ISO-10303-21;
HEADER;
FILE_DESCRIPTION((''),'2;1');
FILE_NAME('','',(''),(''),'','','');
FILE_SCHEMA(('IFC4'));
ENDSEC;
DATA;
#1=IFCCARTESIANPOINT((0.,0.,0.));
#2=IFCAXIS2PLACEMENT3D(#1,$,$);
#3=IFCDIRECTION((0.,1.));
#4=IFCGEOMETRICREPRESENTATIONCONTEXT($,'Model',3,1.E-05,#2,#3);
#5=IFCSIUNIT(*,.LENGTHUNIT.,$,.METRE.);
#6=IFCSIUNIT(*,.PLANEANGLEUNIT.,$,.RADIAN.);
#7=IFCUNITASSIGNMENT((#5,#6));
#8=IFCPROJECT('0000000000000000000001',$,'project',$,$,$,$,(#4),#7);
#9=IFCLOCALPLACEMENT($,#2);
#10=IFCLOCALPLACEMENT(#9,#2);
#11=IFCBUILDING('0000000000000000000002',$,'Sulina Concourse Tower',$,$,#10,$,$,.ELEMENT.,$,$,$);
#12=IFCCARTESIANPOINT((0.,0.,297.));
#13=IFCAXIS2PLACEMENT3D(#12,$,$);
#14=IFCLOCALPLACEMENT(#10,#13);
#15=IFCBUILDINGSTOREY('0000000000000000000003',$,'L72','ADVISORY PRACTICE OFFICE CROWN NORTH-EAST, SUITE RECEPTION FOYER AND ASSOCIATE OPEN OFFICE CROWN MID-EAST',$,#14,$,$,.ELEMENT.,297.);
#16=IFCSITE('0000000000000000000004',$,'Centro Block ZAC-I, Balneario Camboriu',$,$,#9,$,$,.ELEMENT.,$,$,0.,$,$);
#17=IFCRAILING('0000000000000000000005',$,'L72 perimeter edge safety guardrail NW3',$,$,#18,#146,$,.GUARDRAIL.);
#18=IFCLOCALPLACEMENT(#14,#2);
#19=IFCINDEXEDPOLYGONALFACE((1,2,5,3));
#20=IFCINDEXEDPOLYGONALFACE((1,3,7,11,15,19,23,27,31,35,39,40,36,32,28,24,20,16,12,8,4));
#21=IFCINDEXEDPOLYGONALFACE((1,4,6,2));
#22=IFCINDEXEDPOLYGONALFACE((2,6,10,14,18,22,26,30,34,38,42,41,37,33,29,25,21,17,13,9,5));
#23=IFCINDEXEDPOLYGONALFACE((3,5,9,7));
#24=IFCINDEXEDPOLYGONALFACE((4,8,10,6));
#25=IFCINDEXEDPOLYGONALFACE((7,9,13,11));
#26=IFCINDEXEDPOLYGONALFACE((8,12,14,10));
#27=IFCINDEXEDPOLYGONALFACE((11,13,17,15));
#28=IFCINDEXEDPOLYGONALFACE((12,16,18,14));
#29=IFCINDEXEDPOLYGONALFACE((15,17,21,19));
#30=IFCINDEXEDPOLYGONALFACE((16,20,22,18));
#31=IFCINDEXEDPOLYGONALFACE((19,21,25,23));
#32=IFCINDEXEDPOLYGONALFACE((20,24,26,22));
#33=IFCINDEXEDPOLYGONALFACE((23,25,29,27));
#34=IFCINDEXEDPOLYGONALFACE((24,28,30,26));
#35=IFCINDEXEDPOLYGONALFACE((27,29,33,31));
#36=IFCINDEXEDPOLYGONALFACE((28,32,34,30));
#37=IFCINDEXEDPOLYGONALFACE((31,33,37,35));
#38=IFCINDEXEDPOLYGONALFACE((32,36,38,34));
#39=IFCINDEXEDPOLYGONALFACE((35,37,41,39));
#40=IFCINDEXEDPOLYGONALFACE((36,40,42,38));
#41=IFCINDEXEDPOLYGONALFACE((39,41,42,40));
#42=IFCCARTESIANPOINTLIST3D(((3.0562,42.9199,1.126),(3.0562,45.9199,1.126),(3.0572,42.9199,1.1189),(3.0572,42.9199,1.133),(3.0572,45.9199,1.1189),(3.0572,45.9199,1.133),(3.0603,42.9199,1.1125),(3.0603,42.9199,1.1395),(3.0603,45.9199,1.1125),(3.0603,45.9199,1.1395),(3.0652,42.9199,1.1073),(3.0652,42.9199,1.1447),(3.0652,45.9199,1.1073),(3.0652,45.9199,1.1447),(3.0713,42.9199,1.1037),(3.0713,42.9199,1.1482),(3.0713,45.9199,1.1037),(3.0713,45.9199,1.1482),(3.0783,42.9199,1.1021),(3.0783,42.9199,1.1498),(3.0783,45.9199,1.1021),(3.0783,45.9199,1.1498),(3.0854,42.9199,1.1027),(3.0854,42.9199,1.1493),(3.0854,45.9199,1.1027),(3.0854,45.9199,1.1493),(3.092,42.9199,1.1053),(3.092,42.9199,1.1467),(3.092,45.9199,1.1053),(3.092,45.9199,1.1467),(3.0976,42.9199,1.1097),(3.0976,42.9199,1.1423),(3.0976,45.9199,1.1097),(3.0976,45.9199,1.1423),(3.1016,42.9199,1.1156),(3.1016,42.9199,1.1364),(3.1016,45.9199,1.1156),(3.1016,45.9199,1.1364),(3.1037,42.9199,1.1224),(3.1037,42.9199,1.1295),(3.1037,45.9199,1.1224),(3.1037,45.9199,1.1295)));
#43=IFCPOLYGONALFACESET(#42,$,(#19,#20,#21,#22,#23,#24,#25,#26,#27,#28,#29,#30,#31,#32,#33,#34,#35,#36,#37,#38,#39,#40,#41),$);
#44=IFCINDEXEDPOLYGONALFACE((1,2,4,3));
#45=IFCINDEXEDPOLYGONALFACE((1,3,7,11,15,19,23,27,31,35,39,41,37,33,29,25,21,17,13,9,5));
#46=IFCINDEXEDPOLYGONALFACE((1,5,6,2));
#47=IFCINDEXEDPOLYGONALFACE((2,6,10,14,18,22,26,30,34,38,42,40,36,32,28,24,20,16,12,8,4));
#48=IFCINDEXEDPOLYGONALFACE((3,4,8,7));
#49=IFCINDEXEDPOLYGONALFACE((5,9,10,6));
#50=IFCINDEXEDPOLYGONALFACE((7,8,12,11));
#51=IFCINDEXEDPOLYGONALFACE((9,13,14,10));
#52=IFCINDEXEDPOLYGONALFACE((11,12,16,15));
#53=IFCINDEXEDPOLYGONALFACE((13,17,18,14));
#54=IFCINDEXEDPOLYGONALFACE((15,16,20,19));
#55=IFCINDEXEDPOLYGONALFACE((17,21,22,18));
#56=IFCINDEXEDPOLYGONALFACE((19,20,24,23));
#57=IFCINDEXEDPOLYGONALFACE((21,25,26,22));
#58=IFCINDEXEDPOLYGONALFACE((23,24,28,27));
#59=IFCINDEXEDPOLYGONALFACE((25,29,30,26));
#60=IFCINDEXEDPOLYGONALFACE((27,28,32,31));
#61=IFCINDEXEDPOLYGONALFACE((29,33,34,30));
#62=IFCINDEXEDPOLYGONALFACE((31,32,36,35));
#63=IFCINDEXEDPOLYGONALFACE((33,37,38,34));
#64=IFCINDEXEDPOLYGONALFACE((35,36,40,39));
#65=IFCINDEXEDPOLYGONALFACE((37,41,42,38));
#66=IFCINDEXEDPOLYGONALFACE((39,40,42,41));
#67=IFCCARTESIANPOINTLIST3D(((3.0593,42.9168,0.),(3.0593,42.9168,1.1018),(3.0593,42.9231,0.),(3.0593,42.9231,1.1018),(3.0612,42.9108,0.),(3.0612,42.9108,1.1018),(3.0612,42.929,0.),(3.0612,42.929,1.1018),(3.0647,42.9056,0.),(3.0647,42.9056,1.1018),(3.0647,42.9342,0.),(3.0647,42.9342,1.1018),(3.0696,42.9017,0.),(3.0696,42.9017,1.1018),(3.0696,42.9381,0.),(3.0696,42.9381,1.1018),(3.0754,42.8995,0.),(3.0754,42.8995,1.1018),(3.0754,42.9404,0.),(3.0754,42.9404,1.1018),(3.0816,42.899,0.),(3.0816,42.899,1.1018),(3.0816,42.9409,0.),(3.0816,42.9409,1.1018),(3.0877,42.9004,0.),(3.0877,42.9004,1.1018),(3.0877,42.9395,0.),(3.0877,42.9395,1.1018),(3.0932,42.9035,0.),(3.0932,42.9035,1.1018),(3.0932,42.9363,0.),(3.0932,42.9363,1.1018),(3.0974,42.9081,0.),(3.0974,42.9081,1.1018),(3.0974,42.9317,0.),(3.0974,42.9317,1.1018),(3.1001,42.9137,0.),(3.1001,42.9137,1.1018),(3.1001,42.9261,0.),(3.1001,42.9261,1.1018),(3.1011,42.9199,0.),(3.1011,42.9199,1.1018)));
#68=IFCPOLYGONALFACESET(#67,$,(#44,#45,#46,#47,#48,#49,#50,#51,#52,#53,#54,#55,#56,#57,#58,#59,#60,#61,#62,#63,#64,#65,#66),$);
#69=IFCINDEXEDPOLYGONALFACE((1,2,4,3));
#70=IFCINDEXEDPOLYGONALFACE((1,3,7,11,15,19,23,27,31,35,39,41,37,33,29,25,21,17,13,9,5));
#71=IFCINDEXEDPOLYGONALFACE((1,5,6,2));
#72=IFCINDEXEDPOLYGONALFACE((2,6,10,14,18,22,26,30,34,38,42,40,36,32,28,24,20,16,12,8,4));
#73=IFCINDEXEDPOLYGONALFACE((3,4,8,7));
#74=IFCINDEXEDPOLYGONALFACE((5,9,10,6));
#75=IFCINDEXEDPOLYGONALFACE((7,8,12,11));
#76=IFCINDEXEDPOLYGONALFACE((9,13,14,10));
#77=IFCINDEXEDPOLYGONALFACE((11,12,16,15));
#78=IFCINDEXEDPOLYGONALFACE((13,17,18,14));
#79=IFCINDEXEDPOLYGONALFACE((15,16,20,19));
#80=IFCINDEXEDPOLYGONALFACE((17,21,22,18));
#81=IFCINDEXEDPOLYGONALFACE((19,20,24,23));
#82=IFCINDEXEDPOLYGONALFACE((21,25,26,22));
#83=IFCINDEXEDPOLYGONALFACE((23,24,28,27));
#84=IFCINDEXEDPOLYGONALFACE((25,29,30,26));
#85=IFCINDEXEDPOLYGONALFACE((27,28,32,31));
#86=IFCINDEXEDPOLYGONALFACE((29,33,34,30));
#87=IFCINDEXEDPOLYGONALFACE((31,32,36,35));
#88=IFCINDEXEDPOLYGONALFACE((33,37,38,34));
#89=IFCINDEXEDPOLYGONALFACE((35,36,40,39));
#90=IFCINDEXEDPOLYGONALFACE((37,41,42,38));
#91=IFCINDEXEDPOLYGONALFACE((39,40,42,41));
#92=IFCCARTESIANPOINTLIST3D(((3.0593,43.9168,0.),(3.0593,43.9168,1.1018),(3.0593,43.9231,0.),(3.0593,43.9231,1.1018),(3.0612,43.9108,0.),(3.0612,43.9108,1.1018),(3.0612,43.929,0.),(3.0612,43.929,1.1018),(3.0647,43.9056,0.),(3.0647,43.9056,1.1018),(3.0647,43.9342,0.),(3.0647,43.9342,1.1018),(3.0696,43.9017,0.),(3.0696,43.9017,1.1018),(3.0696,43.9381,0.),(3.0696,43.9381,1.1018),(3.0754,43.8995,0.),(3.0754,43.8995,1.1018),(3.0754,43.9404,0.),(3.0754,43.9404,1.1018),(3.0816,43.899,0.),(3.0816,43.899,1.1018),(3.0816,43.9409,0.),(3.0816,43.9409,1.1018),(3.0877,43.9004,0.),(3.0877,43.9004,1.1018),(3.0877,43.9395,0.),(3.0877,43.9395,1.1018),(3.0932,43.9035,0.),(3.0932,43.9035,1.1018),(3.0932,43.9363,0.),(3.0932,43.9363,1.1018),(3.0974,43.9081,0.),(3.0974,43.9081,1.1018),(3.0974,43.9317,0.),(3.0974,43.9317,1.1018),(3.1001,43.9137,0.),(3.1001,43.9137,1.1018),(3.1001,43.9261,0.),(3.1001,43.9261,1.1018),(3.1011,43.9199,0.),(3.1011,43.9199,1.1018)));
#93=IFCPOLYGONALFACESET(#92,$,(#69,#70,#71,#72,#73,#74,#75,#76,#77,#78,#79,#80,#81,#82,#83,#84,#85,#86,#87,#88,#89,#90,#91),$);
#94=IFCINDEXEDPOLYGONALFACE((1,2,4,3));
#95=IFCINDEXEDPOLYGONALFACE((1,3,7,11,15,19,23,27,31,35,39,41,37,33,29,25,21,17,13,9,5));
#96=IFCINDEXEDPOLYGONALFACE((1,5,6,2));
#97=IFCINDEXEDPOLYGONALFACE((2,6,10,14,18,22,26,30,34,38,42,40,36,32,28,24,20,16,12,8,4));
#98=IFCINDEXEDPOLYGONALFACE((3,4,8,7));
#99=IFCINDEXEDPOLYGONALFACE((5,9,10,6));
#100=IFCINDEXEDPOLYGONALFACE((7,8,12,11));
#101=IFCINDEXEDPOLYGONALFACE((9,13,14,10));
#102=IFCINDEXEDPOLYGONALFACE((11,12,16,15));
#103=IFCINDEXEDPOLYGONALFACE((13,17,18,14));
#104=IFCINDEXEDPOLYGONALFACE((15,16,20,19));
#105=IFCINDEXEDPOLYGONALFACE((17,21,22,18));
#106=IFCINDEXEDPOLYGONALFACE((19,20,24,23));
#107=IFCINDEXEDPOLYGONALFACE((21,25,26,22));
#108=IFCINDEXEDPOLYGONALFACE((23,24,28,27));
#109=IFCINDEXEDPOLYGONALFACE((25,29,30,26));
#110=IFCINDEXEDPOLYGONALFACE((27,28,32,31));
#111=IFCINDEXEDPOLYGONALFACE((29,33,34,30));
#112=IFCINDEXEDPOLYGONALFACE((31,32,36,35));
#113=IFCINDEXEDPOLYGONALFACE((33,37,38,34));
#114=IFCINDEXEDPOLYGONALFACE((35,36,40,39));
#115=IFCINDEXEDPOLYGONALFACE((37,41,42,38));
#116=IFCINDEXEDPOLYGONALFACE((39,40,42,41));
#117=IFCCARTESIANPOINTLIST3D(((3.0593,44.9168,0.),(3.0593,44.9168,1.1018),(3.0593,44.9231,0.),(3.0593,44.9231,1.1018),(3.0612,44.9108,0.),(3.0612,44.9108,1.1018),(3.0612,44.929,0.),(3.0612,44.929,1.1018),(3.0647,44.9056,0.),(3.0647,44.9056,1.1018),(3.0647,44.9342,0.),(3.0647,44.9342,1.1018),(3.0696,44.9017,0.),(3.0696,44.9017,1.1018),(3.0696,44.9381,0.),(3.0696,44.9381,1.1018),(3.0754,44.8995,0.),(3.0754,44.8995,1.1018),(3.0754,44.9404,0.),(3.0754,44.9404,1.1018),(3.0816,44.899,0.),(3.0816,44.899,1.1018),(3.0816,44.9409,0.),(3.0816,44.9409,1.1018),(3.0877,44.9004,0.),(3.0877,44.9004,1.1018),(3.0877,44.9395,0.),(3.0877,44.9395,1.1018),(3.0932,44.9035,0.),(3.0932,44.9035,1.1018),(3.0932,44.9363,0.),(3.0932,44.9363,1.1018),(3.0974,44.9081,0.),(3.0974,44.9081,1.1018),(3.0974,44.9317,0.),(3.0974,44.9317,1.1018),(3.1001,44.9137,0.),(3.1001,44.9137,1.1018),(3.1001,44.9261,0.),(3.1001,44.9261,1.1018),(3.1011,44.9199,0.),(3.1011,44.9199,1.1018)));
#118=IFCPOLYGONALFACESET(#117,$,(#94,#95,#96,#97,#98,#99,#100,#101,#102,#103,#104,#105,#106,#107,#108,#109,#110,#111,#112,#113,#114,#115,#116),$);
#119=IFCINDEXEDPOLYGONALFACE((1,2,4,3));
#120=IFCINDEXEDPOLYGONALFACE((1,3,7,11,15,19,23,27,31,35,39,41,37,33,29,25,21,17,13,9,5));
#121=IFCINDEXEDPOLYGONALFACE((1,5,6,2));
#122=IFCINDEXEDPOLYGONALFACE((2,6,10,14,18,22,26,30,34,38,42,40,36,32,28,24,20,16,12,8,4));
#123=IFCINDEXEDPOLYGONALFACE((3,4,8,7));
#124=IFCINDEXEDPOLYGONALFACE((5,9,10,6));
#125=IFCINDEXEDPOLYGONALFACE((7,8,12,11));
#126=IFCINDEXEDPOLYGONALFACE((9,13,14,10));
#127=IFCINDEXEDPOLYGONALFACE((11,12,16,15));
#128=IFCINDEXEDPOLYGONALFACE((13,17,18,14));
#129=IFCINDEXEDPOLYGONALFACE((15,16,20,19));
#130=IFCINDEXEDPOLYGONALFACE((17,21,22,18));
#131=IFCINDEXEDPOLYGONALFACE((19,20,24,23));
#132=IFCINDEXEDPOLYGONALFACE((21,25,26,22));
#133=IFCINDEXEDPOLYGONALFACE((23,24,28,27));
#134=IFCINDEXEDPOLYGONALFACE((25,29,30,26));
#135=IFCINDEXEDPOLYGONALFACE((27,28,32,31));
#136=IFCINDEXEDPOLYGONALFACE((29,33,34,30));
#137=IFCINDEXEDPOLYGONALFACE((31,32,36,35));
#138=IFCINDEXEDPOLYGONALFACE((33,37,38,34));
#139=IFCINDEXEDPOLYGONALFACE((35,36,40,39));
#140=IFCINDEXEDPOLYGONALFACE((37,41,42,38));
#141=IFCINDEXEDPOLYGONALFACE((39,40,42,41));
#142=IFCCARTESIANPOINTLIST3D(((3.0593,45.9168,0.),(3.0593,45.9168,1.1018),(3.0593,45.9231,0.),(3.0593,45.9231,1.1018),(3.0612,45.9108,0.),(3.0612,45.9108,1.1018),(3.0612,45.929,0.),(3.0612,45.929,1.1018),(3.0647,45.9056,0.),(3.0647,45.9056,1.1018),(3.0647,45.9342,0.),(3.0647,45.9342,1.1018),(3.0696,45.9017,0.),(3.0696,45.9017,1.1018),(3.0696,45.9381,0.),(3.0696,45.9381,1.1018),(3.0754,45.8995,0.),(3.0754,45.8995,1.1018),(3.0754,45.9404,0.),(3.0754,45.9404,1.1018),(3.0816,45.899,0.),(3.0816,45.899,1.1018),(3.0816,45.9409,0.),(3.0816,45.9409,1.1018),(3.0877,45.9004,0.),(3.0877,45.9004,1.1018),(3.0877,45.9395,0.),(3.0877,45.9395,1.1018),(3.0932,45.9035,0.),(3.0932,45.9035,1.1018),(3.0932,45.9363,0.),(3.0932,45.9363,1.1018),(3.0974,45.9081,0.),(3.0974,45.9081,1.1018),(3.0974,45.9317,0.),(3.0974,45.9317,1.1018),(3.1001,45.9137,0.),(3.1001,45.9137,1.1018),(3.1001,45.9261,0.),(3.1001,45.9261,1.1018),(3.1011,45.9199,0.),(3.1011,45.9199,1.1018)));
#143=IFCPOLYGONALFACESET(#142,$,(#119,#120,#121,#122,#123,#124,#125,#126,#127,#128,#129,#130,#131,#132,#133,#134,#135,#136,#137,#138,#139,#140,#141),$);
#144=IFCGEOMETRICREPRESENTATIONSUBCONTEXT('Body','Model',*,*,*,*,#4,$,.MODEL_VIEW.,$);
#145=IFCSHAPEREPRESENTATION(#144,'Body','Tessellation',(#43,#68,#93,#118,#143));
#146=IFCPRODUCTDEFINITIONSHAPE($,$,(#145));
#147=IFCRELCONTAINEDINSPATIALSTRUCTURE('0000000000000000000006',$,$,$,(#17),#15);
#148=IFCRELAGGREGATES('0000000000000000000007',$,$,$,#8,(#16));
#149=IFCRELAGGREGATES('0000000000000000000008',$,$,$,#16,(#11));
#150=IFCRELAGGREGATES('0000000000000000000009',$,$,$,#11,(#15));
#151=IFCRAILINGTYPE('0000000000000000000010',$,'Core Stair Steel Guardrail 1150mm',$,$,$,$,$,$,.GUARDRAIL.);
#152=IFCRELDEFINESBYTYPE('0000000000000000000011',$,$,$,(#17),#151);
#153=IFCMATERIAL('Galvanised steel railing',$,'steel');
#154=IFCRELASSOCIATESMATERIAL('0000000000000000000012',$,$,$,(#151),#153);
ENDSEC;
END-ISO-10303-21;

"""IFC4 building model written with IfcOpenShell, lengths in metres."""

from ifc_helpers import new_model, si_unit, direction, frame, origin, origin_2d, place, context, subcontext, project, spatial, circle, extrude, material, type_object, element, save


model = new_model("IFC4")

# Units and contexts
model_context = context("Model", 3, precision=1e-05, world=origin(), true_north=direction((0.0, 1.0)))
body_context = subcontext(model_context, "Body", "Model", "MODEL_VIEW")
ifc_project = project(units=[si_unit("LENGTHUNIT", "METRE"), si_unit("PLANEANGLEUNIT", "RADIAN")], contexts=[model_context])

# Site, building, storey
site_placement = place(None, origin())
site = spatial("IfcSite", under=ifc_project, at=site_placement, Name="Centro Block ZAC-I, Balneario Camboriu", CompositionType="ELEMENT", RefElevation=0.0)
building_placement = place(site_placement, origin())
building = spatial("IfcBuilding", under=site, at=building_placement, Name="Sulina Concourse Tower", CompositionType="ELEMENT")
storey_placement = place(building_placement, frame((0.0, 0.0, 297.0)))
storey = spatial("IfcBuildingStorey", under=building, at=storey_placement, Name="L72", Description="ADVISORY PRACTICE OFFICE CROWN NORTH-EAST, SUITE RECEPTION FOYER AND ASSOCIATE OPEN OFFICE CROWN MID-EAST", CompositionType="ELEMENT", Elevation=297.0)

# Railing
ifc_material_1 = material(Name="Galvanised steel railing", Category="steel")
railing_type_1 = type_object("IfcRailingType", Name="Core Stair Steel Guardrail 1150mm", PredefinedType="GUARDRAIL", material=ifc_material_1)
railing_1_placement = place(storey_placement, frame((3.0801, 42.9199, 0.0)))
element("IfcRailing", 1, at=railing_1_placement, inside=storey, type_object=railing_type_1, Name="L72 perimeter edge safety guardrail NW3", PredefinedType="GUARDRAIL", context=body_context, shape_type="SweptSolid", body=[
    extrude(circle(Radius=0.0239, at=origin_2d()), frame((0.0, 0.0, 1.126), z_axis=(0.0, 1.0, 0.0), x_axis=(-1.0, 0.0, 0.0)), (0.0, 0.0, 1.0), 3.0),
    extrude(circle(Radius=0.021, at=origin_2d()), origin(), (0.0, 0.0, 1.0), 1.1018),
    extrude(circle(Radius=0.021, at=origin_2d()), frame((0.0, 1.0, 0.0)), (0.0, 0.0, 1.0), 1.1018),
    extrude(circle(Radius=0.021, at=origin_2d()), frame((0.0, 2.0, 0.0)), (0.0, 0.0, 1.0), 1.1018),
    extrude(circle(Radius=0.021, at=origin_2d()), frame((0.0, 3.0, 0.0)), (0.0, 0.0, 1.0), 1.1018),
])

save(model, "model.ifc")
